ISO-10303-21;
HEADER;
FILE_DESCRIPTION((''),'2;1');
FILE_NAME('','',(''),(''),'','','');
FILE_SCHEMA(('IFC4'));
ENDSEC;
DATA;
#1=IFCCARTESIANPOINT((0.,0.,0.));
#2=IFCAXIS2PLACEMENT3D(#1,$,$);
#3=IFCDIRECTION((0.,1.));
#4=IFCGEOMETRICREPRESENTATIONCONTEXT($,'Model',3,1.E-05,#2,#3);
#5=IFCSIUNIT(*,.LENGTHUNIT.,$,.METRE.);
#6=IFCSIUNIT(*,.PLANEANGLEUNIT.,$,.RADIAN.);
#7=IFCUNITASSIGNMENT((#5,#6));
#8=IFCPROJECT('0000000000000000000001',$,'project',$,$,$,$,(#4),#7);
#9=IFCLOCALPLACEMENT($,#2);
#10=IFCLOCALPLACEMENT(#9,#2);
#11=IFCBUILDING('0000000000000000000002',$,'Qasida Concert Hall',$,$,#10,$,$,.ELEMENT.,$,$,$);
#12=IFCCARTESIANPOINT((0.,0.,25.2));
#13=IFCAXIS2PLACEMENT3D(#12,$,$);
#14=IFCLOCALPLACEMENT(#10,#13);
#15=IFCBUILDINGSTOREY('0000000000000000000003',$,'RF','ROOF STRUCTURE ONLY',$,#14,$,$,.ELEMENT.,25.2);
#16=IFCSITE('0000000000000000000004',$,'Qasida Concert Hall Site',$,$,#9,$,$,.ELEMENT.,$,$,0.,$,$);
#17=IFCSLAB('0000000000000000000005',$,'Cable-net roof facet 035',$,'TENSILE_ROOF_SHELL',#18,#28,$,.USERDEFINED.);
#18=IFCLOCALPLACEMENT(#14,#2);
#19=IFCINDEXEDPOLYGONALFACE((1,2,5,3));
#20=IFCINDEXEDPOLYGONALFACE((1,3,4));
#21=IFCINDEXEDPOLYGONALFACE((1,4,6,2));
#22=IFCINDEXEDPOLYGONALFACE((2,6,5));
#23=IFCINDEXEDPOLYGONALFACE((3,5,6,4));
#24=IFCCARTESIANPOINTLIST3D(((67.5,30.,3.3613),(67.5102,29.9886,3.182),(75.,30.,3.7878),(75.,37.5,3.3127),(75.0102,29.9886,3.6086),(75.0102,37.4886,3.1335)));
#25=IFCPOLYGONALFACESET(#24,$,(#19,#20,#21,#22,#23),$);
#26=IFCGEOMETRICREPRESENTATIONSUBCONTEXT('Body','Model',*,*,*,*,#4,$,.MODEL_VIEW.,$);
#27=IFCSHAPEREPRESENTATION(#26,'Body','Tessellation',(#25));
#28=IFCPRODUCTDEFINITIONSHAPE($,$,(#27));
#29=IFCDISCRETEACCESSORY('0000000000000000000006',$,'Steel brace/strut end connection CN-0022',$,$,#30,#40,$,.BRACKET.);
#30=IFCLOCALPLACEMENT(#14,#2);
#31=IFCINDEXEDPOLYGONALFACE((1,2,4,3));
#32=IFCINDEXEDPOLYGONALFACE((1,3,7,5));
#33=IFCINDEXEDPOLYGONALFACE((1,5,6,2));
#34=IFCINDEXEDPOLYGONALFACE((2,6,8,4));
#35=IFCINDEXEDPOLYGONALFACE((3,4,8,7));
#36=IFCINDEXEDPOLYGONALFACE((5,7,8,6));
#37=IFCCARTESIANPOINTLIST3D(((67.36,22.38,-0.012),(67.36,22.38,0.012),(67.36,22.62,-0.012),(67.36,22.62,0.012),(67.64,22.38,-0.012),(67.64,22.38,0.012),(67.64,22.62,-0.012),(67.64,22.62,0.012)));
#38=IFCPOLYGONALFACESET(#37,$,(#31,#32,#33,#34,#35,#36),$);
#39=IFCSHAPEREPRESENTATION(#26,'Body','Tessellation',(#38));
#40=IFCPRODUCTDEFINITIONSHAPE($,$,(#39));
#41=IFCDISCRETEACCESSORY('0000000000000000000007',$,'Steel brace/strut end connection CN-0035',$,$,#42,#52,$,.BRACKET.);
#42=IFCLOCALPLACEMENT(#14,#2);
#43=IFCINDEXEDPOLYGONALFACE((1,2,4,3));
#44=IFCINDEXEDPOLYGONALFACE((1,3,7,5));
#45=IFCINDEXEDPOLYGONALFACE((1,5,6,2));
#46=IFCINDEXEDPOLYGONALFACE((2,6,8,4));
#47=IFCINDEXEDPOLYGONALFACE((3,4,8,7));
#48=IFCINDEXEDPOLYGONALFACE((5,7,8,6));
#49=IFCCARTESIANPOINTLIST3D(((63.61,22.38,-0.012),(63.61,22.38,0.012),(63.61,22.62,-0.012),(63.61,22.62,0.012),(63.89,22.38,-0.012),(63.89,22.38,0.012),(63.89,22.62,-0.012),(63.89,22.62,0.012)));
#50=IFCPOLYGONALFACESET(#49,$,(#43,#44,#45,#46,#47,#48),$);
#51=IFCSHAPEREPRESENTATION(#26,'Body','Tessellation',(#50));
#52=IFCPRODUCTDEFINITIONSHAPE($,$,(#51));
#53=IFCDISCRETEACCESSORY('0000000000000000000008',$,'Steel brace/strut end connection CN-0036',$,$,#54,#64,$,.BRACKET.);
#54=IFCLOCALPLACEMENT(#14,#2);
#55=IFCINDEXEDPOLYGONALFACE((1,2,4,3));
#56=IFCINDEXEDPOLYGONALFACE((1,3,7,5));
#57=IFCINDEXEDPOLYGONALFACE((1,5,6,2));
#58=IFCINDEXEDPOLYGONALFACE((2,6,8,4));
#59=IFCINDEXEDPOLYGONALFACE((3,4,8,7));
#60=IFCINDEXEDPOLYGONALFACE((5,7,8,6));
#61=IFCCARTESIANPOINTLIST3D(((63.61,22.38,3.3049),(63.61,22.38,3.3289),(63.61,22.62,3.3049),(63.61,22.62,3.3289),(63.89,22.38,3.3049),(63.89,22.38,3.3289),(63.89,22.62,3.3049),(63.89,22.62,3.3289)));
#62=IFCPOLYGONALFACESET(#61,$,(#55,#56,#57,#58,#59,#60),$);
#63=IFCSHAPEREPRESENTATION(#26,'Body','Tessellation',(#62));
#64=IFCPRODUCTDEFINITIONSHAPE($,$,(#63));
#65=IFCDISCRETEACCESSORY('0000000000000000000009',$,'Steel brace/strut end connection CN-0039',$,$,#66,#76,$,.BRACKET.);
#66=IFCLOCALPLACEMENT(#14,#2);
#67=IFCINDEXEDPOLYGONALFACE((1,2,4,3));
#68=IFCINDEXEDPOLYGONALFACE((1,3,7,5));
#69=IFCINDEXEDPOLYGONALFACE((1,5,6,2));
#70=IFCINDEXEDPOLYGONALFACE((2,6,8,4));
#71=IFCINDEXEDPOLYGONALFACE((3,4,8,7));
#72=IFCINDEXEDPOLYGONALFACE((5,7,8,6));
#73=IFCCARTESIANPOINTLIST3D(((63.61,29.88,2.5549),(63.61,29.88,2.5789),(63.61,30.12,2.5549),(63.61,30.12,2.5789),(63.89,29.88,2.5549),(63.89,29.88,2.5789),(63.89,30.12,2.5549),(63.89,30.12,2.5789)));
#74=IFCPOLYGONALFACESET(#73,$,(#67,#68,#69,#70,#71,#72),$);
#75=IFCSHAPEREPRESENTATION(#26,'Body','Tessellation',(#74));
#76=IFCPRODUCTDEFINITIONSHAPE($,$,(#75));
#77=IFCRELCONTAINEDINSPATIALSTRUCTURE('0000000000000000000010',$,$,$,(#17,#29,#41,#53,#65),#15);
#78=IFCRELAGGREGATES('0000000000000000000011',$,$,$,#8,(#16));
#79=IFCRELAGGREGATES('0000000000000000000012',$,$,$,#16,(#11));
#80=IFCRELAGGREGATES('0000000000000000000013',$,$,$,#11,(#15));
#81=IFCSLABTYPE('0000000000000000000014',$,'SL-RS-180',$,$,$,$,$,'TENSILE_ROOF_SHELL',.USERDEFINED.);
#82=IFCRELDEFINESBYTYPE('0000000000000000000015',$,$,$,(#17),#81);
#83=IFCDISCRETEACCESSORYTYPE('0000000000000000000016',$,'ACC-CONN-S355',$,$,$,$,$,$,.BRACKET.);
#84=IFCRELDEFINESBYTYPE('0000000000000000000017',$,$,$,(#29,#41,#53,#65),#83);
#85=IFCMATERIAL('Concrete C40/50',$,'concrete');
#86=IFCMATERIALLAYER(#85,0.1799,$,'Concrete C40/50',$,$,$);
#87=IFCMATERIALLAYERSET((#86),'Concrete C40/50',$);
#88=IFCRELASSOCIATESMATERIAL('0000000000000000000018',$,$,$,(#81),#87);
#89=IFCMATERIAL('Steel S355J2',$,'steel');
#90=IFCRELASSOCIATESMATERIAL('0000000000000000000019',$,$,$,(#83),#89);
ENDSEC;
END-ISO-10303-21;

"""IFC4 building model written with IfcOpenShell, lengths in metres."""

from ifc_helpers import new_model, si_unit, direction, frame, origin, origin_2d, place, context, subcontext, project, spatial, polyline, rectangle, outline, extrude, material, layer, layer_set, type_object, element, save


model = new_model("IFC4")

# Units and contexts
model_context = context("Model", 3, precision=1e-05, world=origin(), true_north=direction((0.0, 1.0)))
body_context = subcontext(model_context, "Body", "Model", "MODEL_VIEW")
ifc_project = project(units=[si_unit("LENGTHUNIT", "METRE"), si_unit("PLANEANGLEUNIT", "RADIAN")], contexts=[model_context])

# Site, building, storey
site_placement = place(None, origin())
site = spatial("IfcSite", under=ifc_project, at=site_placement, Name="Qasida Concert Hall Site", CompositionType="ELEMENT", RefElevation=0.0)
building_placement = place(site_placement, origin())
building = spatial("IfcBuilding", under=site, at=building_placement, Name="Qasida Concert Hall", CompositionType="ELEMENT")
storey_placement = place(building_placement, frame((0.0, 0.0, 25.2)))
storey = spatial("IfcBuildingStorey", under=building, at=storey_placement, Name="RF", Description="ROOF STRUCTURE ONLY", CompositionType="ELEMENT", Elevation=25.2)

# Shared definitions
ifc_material_1 = material(Name="Steel S355J2", Category="steel")

# Slab
ifc_material_2 = material(Name="Concrete C40/50", Category="concrete")
ifc_layer_1 = layer(ifc_material_2, 0.1799, Name="Concrete C40/50")
ifc_layer_set_1 = layer_set([ifc_layer_1], Name="Concrete C40/50")
slab_type = type_object("IfcSlabType", Name="SL-RS-180", ElementType="TENSILE_ROOF_SHELL", PredefinedType="USERDEFINED", material=ifc_layer_set_1)
slab_1_placement = place(storey_placement, frame((67.5, 30.0, 3.3613), z_axis=(-0.056664, 0.063118, 0.996396), x_axis=(0.998387, 0.0, 0.056777)))
element("IfcSlab", 1, at=slab_1_placement, inside=storey, type_object=slab_type, Name="Cable-net roof facet 035", ObjectType="TENSILE_ROOF_SHELL", PredefinedType="USERDEFINED", context=body_context, shape_type="SweptSolid", body=[
    extrude(outline(polyline([(0.0, 0.0), (7.5121, 0.0), (7.4851, 7.515), (0.0, 0.0)])), origin(), (0.0, 0.0, -1.0), 0.1799),
])

# Discrete accessories
discrete_accessory_type = type_object("IfcDiscreteAccessoryType", Name="ACC-CONN-S355", PredefinedType="BRACKET", material=ifc_material_1)
for number, where, z_axis, x_axis, name in (
    (2, (67.5, 22.5, -0.012), (0.0, 0.0, 1.0), (1.0, 0.0, 0.0), "Steel brace/strut end connection CN-0022"),
    (3, (63.75, 22.5, -0.012), (0.0, 0.0, 1.0), (1.0, 0.0, 0.0), "Steel brace/strut end connection CN-0035"),
    (4, (63.75, 22.5, 3.3049), (0.0, 0.0, 1.0), (1.0, 0.0, 0.0), "Steel brace/strut end connection CN-0036"),
    (5, (63.75, 30.0, 2.5549), (0.0, 0.0, 1.0), (1.0, 0.0, 0.0), "Steel brace/strut end connection CN-0039"),
):
    element("IfcDiscreteAccessory", number, at=place(storey_placement, frame(where, z_axis=z_axis, x_axis=x_axis)), inside=storey, type_object=discrete_accessory_type, Name=name, PredefinedType="BRACKET", context=body_context, shape_type="SweptSolid", body=[
        extrude(rectangle(XDim=0.28, YDim=0.24, at=origin_2d()), origin(), (0.0, 0.0, 1.0), 0.0239),
    ])

save(model, "model.ifc")
